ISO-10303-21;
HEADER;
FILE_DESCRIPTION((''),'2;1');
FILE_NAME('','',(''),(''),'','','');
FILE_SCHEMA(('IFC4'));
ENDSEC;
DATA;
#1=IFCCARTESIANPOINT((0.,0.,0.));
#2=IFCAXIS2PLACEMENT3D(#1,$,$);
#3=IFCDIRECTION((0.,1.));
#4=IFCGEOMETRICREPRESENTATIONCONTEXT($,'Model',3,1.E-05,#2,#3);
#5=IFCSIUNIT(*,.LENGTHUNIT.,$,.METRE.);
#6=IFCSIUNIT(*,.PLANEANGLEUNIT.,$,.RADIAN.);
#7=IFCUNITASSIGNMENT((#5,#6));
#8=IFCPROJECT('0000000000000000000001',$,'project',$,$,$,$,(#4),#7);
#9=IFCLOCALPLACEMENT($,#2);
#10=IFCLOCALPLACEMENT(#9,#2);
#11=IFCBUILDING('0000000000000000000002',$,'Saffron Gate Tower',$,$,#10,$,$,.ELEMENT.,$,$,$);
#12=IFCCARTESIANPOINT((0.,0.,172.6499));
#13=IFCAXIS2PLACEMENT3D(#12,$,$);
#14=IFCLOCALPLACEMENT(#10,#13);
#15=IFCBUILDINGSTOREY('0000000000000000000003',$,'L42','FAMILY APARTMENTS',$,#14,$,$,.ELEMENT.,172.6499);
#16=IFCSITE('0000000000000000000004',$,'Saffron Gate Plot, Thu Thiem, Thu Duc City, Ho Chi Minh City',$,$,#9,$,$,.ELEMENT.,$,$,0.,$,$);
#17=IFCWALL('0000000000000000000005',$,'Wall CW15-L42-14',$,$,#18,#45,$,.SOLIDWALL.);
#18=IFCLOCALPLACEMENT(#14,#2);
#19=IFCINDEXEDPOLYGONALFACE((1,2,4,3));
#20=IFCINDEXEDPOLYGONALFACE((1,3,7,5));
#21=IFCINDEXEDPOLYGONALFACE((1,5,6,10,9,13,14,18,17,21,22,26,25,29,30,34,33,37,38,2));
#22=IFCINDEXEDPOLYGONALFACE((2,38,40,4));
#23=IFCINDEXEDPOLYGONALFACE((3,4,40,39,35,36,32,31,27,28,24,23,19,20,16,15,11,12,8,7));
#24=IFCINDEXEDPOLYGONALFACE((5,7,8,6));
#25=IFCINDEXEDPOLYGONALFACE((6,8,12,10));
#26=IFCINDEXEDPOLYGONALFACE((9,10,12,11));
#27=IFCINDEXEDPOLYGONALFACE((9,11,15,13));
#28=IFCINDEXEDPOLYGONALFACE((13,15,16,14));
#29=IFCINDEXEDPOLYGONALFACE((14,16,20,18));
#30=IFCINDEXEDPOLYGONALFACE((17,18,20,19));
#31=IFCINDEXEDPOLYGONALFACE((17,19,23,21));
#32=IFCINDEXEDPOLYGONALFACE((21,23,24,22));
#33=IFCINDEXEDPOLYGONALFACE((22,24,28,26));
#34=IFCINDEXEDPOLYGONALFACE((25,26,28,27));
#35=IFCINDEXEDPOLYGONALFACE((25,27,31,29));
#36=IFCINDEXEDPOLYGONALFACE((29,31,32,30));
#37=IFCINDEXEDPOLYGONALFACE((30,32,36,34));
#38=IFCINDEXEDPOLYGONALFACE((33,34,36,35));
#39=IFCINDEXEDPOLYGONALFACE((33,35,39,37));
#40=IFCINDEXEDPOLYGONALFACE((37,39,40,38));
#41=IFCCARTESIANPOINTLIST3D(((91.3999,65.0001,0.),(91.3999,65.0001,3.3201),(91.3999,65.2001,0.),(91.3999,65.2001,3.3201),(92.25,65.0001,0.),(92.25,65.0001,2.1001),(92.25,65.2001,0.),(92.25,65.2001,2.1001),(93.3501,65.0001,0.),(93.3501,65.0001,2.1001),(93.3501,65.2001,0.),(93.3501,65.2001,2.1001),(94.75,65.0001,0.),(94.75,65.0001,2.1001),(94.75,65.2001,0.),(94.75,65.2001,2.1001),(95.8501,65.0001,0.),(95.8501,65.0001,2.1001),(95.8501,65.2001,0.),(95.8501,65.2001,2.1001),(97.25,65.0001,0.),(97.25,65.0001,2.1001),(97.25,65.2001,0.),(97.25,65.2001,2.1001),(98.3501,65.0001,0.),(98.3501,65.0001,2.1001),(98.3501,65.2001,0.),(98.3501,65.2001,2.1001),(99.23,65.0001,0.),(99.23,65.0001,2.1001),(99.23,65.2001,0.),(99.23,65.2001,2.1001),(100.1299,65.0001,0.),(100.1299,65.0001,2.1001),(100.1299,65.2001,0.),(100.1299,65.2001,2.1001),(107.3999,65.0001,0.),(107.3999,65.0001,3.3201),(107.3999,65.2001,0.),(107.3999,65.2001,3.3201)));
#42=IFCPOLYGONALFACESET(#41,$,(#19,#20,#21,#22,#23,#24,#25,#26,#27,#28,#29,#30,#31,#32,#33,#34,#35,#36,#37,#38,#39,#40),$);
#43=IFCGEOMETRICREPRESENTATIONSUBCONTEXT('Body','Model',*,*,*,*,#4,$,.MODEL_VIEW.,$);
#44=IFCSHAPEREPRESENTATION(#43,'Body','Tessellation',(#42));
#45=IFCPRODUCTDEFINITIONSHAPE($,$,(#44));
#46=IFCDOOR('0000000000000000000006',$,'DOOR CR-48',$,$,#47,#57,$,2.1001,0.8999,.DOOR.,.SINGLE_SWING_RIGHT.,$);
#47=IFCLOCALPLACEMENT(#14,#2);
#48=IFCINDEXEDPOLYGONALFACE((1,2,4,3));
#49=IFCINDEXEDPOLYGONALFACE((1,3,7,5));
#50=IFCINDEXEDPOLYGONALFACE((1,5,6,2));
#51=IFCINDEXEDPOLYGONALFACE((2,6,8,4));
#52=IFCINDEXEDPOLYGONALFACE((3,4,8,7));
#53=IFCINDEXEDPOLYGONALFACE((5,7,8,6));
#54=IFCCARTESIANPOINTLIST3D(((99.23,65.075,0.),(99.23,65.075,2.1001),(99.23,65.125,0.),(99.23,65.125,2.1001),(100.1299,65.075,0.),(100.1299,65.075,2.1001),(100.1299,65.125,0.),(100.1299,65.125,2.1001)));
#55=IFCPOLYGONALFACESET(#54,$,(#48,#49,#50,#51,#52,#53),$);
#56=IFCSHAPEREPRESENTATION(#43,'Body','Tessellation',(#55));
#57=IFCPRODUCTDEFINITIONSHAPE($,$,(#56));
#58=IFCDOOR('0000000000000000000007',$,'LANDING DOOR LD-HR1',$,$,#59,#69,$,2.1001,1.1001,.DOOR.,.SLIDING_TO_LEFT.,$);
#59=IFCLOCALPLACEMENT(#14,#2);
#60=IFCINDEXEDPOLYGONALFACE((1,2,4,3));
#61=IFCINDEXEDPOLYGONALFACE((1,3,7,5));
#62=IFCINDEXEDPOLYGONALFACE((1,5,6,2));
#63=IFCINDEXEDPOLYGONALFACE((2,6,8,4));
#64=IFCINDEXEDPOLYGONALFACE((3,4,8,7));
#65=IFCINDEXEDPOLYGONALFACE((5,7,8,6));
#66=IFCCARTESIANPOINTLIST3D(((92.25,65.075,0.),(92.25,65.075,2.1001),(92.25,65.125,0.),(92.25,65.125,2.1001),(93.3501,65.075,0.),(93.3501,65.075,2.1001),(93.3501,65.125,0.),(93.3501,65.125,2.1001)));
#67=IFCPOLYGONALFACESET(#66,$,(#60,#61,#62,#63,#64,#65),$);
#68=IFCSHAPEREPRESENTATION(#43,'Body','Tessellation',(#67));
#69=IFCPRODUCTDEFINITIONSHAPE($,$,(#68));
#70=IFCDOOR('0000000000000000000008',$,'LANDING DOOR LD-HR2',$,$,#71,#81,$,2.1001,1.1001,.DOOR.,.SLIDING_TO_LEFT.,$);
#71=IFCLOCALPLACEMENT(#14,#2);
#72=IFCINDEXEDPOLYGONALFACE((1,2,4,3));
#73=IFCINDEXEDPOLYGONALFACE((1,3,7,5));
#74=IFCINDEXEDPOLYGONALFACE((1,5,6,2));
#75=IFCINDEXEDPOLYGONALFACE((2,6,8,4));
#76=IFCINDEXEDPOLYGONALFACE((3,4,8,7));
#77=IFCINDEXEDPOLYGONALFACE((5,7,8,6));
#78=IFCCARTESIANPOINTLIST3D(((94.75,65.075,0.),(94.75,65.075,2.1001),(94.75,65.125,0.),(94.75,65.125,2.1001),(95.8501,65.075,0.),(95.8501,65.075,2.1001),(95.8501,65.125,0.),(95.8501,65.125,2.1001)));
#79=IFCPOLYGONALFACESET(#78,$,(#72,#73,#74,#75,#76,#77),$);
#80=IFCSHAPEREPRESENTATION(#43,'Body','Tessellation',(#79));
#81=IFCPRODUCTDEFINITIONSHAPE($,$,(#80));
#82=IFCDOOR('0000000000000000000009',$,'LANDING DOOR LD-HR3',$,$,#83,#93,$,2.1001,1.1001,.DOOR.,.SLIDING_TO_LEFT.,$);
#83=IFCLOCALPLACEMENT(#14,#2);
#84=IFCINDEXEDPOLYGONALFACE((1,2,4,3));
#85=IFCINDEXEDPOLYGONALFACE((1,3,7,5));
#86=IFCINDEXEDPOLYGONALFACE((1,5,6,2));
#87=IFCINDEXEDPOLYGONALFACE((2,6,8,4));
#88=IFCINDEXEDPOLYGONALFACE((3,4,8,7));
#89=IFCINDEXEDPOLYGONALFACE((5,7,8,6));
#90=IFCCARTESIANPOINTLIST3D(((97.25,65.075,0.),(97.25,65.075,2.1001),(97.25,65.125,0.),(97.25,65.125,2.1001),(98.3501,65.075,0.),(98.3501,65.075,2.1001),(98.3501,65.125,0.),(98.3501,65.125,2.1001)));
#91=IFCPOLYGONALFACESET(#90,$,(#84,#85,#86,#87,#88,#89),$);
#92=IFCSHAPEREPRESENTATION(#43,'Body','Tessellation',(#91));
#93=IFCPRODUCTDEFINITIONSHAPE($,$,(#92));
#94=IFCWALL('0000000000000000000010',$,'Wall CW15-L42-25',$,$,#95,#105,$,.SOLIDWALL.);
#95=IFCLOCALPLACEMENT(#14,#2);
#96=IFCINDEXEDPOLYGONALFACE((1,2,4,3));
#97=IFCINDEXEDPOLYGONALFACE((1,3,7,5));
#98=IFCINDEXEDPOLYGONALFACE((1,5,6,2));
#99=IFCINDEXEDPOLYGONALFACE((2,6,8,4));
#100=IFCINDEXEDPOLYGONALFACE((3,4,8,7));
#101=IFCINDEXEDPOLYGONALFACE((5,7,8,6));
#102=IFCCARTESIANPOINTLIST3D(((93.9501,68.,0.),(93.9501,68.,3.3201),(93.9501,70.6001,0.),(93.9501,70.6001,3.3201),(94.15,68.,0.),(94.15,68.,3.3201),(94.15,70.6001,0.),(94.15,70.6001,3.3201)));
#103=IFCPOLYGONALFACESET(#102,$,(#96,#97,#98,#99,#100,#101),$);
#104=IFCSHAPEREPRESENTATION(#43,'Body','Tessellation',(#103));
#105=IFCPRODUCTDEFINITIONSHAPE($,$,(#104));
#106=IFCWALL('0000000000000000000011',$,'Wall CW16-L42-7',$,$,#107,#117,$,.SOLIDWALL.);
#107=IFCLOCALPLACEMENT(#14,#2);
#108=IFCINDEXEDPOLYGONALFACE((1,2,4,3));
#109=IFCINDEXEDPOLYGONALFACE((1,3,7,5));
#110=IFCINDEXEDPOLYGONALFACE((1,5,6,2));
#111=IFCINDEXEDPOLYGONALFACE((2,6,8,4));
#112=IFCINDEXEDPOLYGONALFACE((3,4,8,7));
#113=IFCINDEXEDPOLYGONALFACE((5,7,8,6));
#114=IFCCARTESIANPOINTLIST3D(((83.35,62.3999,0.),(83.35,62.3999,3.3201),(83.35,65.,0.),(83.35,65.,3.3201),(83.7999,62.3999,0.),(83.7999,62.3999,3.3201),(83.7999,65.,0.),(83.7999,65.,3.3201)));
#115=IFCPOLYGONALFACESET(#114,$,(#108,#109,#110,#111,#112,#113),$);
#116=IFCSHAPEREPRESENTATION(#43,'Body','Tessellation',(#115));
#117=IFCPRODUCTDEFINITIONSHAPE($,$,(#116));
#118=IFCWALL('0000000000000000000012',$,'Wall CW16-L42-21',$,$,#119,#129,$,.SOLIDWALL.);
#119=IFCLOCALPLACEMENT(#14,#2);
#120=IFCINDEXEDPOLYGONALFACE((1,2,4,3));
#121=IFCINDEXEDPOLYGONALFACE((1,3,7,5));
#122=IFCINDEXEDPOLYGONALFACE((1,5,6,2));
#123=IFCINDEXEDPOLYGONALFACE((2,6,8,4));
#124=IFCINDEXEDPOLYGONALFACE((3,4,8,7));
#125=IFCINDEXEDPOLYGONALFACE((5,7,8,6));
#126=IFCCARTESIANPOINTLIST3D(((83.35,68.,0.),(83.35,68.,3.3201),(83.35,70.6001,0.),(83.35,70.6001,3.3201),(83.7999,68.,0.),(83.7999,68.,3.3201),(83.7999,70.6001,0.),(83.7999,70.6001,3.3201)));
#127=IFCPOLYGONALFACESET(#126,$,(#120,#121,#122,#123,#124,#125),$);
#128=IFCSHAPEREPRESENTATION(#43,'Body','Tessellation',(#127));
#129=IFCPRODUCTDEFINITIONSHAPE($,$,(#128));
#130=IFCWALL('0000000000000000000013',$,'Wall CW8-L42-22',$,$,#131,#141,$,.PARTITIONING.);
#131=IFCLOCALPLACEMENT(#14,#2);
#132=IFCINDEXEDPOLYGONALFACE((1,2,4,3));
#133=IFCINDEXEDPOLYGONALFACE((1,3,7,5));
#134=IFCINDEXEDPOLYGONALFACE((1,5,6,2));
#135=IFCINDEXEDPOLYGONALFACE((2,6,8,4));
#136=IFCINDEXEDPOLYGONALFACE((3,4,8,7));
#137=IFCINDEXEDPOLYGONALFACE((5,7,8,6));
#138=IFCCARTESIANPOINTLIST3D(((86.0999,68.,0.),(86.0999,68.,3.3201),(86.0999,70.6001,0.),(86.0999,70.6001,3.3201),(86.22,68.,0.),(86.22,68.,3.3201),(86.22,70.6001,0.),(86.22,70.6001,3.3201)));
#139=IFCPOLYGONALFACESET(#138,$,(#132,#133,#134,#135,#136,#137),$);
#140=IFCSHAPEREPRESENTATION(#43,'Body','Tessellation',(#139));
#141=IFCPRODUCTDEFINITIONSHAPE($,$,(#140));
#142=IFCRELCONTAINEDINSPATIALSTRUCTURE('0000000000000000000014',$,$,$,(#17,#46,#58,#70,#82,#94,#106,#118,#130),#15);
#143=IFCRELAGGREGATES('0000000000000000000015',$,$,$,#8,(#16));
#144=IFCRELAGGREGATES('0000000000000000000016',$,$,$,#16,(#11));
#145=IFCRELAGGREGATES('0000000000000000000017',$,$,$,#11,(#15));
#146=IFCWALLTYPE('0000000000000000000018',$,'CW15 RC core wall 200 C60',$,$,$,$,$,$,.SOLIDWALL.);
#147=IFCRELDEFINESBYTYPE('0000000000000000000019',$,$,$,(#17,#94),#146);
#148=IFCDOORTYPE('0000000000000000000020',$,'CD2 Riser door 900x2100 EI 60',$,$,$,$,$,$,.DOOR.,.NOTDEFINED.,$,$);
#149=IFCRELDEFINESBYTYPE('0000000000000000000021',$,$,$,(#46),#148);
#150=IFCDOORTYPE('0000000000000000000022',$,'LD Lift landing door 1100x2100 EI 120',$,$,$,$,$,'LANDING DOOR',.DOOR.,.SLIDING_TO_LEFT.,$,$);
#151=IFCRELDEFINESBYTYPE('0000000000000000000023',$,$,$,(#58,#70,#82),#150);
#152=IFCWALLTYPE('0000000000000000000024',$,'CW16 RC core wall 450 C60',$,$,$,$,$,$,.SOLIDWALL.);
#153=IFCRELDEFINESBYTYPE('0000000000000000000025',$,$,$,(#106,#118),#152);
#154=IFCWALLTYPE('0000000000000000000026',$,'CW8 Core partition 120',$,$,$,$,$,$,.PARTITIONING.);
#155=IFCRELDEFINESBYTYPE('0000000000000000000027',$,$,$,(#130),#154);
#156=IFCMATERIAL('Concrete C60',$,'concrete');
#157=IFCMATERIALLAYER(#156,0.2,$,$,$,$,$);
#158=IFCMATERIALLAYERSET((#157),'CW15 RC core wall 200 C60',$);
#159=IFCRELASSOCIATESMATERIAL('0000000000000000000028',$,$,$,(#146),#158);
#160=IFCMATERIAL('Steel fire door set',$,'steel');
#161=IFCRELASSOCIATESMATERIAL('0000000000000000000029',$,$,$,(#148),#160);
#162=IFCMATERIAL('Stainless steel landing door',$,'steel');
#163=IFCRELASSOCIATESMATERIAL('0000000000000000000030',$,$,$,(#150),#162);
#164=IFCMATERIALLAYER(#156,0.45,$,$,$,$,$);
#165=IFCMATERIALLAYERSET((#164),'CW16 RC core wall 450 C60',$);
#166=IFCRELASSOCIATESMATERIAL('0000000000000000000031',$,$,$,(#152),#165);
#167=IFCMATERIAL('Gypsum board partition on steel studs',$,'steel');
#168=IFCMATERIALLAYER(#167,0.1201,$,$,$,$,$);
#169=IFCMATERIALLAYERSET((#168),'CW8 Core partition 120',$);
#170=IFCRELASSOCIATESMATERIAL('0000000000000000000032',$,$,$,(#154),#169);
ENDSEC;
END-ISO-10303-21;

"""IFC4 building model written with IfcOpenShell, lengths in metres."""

from ifc_helpers import new_model, si_unit, direction, frame, frame_2d, origin, place, context, subcontext, project, spatial, rectangle, extrude, material, layer, layer_set, type_object, element, fill, save


model = new_model("IFC4")

# Units and contexts
model_context = context("Model", 3, precision=1e-05, world=origin(), true_north=direction((0.0, 1.0)))
body_context = subcontext(model_context, "Body", "Model", "MODEL_VIEW")
ifc_project = project(units=[si_unit("LENGTHUNIT", "METRE"), si_unit("PLANEANGLEUNIT", "RADIAN")], contexts=[model_context])

# Site, building, storey
site_placement = place(None, origin())
site = spatial("IfcSite", under=ifc_project, at=site_placement, Name="Saffron Gate Plot, Thu Thiem, Thu Duc City, Ho Chi Minh City", CompositionType="ELEMENT", RefElevation=0.0)
building_placement = place(site_placement, origin())
building = spatial("IfcBuilding", under=site, at=building_placement, Name="Saffron Gate Tower", CompositionType="ELEMENT")
storey_placement = place(building_placement, frame((0.0, 0.0, 172.6499)))
storey = spatial("IfcBuildingStorey", under=building, at=storey_placement, Name="L42", Description="FAMILY APARTMENTS", CompositionType="ELEMENT", Elevation=172.6499)

# Shared definitions
ifc_material_1 = material(Name="Gypsum board partition on steel studs", Category="steel")
ifc_material_2 = material(Name="Concrete C60", Category="concrete")

# Shared definitions
ifc_material_3 = material(Name="Steel fire door set", Category="steel")

# Shared definitions
ifc_layer_1 = layer(ifc_material_2, 0.2)
ifc_layer_set_1 = layer_set([ifc_layer_1], Name="CW15 RC core wall 200 C60")
wall_type_1 = type_object("IfcWallType", Name="CW15 RC core wall 200 C60", PredefinedType="SOLIDWALL", material=ifc_layer_set_1)

# Wall, openings, doors
wall_1_placement = place(storey_placement, frame((91.3999, 65.1001, 0.0), z_axis=(0.0, 0.0, 1.0), x_axis=(1.0, 0.0, 0.0)))
wall_1 = element("IfcWall", 1, at=wall_1_placement, inside=storey, type_object=wall_type_1, Name="Wall CW15-L42-14", PredefinedType="SOLIDWALL", context=body_context, shape_type="SweptSolid", body=[
    extrude(rectangle(XDim=16.0, YDim=0.2, at=frame_2d((8.0, 0.0))), origin(), (0.0, 0.0, 1.0), 3.3201),
])
opening_1_placement = place(wall_1_placement, frame((0.8501, 0.0, 0.0)))
opening_1 = element("IfcOpeningElement", 2, at=opening_1_placement, cuts=wall_1, PredefinedType="OPENING", context=body_context, shape_type="SweptSolid", body=[
    extrude(rectangle(XDim=1.1001, YDim=2.1001, at=frame_2d((0.55, 1.05))), frame((0.0, 0.1099, 0.0), z_axis=(0.0, -1.0, 0.0), x_axis=(1.0, 0.0, 0.0)), (0.0, 0.0, 1.0), 0.22),
])
opening_2_placement = place(wall_1_placement, frame((3.3501, 0.0, 0.0)))
opening_2 = element("IfcOpeningElement", 3, at=opening_2_placement, cuts=wall_1, PredefinedType="OPENING", context=body_context, shape_type="SweptSolid", body=[
    extrude(rectangle(XDim=1.1001, YDim=2.1001, at=frame_2d((0.55, 1.05))), frame((0.0, 0.1099, 0.0), z_axis=(0.0, -1.0, 0.0), x_axis=(1.0, 0.0, 0.0)), (0.0, 0.0, 1.0), 0.22),
])
opening_3_placement = place(wall_1_placement, frame((5.8501, 0.0, 0.0)))
opening_3 = element("IfcOpeningElement", 4, at=opening_3_placement, cuts=wall_1, PredefinedType="OPENING", context=body_context, shape_type="SweptSolid", body=[
    extrude(rectangle(XDim=1.1001, YDim=2.1001, at=frame_2d((0.55, 1.05))), frame((0.0, 0.1099, 0.0), z_axis=(0.0, -1.0, 0.0), x_axis=(1.0, 0.0, 0.0)), (0.0, 0.0, 1.0), 0.22),
])
opening_4_placement = place(wall_1_placement, frame((7.8301, 0.0, 0.0)))
opening_4 = element("IfcOpeningElement", 5, at=opening_4_placement, cuts=wall_1, PredefinedType="OPENING", context=body_context, shape_type="SweptSolid", body=[
    extrude(rectangle(XDim=0.8999, YDim=2.1001, at=frame_2d((0.45, 1.05))), frame((0.0, 0.1099, 0.0), z_axis=(0.0, -1.0, 0.0), x_axis=(1.0, 0.0, 0.0)), (0.0, 0.0, 1.0), 0.22),
])
door_type_1 = type_object("IfcDoorType", Name="CD2 Riser door 900x2100 EI 60", OperationType="NOTDEFINED", PredefinedType="DOOR", material=ifc_material_3)
door_1_placement = place(opening_4_placement, origin())
door_1 = element("IfcDoor", 6, at=door_1_placement, inside=storey, type_object=door_type_1, Name="DOOR CR-48", OperationType="SINGLE_SWING_RIGHT", OverallHeight=2.1001, OverallWidth=0.8999, PredefinedType="DOOR", context=body_context, shape_type="SweptSolid", body=[
    extrude(rectangle(XDim=0.8999, YDim=2.1001, at=frame_2d((0.45, 1.05))), frame((0.0, 0.0249, 0.0), z_axis=(0.0, -1.0, 0.0), x_axis=(1.0, 0.0, 0.0)), (0.0, 0.0, 1.0), 0.05),
])
fill(opening_4, door_1)
ifc_material_4 = material(Name="Stainless steel landing door", Category="steel")
door_type_2 = type_object("IfcDoorType", Name="LD Lift landing door 1100x2100 EI 120", ElementType="LANDING DOOR", OperationType="SLIDING_TO_LEFT", PredefinedType="DOOR", material=ifc_material_4)
door_2_placement = place(opening_1_placement, origin())
door_2 = element("IfcDoor", 7, at=door_2_placement, inside=storey, type_object=door_type_2, Name="LANDING DOOR LD-HR1", OperationType="SLIDING_TO_LEFT", OverallHeight=2.1001, OverallWidth=1.1001, PredefinedType="DOOR", context=body_context, shape_type="SweptSolid", body=[
    extrude(rectangle(XDim=1.1001, YDim=2.1001, at=frame_2d((0.55, 1.05))), frame((0.0, 0.0249, 0.0), z_axis=(0.0, -1.0, 0.0), x_axis=(1.0, 0.0, 0.0)), (0.0, 0.0, 1.0), 0.05),
])
fill(opening_1, door_2)
door_3_placement = place(opening_2_placement, origin())
door_3 = element("IfcDoor", 8, at=door_3_placement, inside=storey, type_object=door_type_2, Name="LANDING DOOR LD-HR2", OperationType="SLIDING_TO_LEFT", OverallHeight=2.1001, OverallWidth=1.1001, PredefinedType="DOOR", context=body_context, shape_type="SweptSolid", body=[
    extrude(rectangle(XDim=1.1001, YDim=2.1001, at=frame_2d((0.55, 1.05))), frame((0.0, 0.0249, 0.0), z_axis=(0.0, -1.0, 0.0), x_axis=(1.0, 0.0, 0.0)), (0.0, 0.0, 1.0), 0.05),
])
fill(opening_2, door_3)
door_4_placement = place(opening_3_placement, origin())
door_4 = element("IfcDoor", 9, at=door_4_placement, inside=storey, type_object=door_type_2, Name="LANDING DOOR LD-HR3", OperationType="SLIDING_TO_LEFT", OverallHeight=2.1001, OverallWidth=1.1001, PredefinedType="DOOR", context=body_context, shape_type="SweptSolid", body=[
    extrude(rectangle(XDim=1.1001, YDim=2.1001, at=frame_2d((0.55, 1.05))), frame((0.0, 0.0249, 0.0), z_axis=(0.0, -1.0, 0.0), x_axis=(1.0, 0.0, 0.0)), (0.0, 0.0, 1.0), 0.05),
])
fill(opening_3, door_4)

# Walls
wall_2_placement = place(storey_placement, frame((94.05, 68.0, 0.0), z_axis=(0.0, 0.0, 1.0), x_axis=(0.0, 1.0, 0.0)))
element("IfcWall", 10, at=wall_2_placement, inside=storey, type_object=wall_type_1, Name="Wall CW15-L42-25", PredefinedType="SOLIDWALL", context=body_context, shape_type="SweptSolid", body=[
    extrude(rectangle(XDim=2.6001, YDim=0.2, at=frame_2d((1.3, 0.0))), origin(), (0.0, 0.0, 1.0), 3.3201),
])
ifc_layer_2 = layer(ifc_material_2, 0.45)
ifc_layer_set_2 = layer_set([ifc_layer_2], Name="CW16 RC core wall 450 C60")
wall_type_2 = type_object("IfcWallType", Name="CW16 RC core wall 450 C60", PredefinedType="SOLIDWALL", material=ifc_layer_set_2)
for number, where, z_axis, x_axis, name in (
    (11, (83.575, 62.3999, 0.0), (0.0, 0.0, 1.0), (0.0, 1.0, 0.0), "Wall CW16-L42-7"),
    (12, (83.575, 68.0, 0.0), (0.0, 0.0, 1.0), (0.0, 1.0, 0.0), "Wall CW16-L42-21"),
):
    element("IfcWall", number, at=place(storey_placement, frame(where, z_axis=z_axis, x_axis=x_axis)), inside=storey, type_object=wall_type_2, Name=name, PredefinedType="SOLIDWALL", context=body_context, shape_type="SweptSolid", body=[
        extrude(rectangle(XDim=2.6001, YDim=0.45, at=frame_2d((1.3, 0.0))), origin(), (0.0, 0.0, 1.0), 3.3201),
    ])
ifc_layer_3 = layer(ifc_material_1, 0.1201)
ifc_layer_set_3 = layer_set([ifc_layer_3], Name="CW8 Core partition 120")
wall_type_3 = type_object("IfcWallType", Name="CW8 Core partition 120", PredefinedType="PARTITIONING", material=ifc_layer_set_3)
wall_3_placement = place(storey_placement, frame((86.1599, 68.0, 0.0), z_axis=(0.0, 0.0, 1.0), x_axis=(0.0, 1.0, 0.0)))
element("IfcWall", 13, at=wall_3_placement, inside=storey, type_object=wall_type_3, Name="Wall CW8-L42-22", PredefinedType="PARTITIONING", context=body_context, shape_type="SweptSolid", body=[
    extrude(rectangle(XDim=2.6001, YDim=0.1201, at=frame_2d((1.3, 0.0))), origin(), (0.0, 0.0, 1.0), 3.3201),
])

save(model, "model.ifc")
